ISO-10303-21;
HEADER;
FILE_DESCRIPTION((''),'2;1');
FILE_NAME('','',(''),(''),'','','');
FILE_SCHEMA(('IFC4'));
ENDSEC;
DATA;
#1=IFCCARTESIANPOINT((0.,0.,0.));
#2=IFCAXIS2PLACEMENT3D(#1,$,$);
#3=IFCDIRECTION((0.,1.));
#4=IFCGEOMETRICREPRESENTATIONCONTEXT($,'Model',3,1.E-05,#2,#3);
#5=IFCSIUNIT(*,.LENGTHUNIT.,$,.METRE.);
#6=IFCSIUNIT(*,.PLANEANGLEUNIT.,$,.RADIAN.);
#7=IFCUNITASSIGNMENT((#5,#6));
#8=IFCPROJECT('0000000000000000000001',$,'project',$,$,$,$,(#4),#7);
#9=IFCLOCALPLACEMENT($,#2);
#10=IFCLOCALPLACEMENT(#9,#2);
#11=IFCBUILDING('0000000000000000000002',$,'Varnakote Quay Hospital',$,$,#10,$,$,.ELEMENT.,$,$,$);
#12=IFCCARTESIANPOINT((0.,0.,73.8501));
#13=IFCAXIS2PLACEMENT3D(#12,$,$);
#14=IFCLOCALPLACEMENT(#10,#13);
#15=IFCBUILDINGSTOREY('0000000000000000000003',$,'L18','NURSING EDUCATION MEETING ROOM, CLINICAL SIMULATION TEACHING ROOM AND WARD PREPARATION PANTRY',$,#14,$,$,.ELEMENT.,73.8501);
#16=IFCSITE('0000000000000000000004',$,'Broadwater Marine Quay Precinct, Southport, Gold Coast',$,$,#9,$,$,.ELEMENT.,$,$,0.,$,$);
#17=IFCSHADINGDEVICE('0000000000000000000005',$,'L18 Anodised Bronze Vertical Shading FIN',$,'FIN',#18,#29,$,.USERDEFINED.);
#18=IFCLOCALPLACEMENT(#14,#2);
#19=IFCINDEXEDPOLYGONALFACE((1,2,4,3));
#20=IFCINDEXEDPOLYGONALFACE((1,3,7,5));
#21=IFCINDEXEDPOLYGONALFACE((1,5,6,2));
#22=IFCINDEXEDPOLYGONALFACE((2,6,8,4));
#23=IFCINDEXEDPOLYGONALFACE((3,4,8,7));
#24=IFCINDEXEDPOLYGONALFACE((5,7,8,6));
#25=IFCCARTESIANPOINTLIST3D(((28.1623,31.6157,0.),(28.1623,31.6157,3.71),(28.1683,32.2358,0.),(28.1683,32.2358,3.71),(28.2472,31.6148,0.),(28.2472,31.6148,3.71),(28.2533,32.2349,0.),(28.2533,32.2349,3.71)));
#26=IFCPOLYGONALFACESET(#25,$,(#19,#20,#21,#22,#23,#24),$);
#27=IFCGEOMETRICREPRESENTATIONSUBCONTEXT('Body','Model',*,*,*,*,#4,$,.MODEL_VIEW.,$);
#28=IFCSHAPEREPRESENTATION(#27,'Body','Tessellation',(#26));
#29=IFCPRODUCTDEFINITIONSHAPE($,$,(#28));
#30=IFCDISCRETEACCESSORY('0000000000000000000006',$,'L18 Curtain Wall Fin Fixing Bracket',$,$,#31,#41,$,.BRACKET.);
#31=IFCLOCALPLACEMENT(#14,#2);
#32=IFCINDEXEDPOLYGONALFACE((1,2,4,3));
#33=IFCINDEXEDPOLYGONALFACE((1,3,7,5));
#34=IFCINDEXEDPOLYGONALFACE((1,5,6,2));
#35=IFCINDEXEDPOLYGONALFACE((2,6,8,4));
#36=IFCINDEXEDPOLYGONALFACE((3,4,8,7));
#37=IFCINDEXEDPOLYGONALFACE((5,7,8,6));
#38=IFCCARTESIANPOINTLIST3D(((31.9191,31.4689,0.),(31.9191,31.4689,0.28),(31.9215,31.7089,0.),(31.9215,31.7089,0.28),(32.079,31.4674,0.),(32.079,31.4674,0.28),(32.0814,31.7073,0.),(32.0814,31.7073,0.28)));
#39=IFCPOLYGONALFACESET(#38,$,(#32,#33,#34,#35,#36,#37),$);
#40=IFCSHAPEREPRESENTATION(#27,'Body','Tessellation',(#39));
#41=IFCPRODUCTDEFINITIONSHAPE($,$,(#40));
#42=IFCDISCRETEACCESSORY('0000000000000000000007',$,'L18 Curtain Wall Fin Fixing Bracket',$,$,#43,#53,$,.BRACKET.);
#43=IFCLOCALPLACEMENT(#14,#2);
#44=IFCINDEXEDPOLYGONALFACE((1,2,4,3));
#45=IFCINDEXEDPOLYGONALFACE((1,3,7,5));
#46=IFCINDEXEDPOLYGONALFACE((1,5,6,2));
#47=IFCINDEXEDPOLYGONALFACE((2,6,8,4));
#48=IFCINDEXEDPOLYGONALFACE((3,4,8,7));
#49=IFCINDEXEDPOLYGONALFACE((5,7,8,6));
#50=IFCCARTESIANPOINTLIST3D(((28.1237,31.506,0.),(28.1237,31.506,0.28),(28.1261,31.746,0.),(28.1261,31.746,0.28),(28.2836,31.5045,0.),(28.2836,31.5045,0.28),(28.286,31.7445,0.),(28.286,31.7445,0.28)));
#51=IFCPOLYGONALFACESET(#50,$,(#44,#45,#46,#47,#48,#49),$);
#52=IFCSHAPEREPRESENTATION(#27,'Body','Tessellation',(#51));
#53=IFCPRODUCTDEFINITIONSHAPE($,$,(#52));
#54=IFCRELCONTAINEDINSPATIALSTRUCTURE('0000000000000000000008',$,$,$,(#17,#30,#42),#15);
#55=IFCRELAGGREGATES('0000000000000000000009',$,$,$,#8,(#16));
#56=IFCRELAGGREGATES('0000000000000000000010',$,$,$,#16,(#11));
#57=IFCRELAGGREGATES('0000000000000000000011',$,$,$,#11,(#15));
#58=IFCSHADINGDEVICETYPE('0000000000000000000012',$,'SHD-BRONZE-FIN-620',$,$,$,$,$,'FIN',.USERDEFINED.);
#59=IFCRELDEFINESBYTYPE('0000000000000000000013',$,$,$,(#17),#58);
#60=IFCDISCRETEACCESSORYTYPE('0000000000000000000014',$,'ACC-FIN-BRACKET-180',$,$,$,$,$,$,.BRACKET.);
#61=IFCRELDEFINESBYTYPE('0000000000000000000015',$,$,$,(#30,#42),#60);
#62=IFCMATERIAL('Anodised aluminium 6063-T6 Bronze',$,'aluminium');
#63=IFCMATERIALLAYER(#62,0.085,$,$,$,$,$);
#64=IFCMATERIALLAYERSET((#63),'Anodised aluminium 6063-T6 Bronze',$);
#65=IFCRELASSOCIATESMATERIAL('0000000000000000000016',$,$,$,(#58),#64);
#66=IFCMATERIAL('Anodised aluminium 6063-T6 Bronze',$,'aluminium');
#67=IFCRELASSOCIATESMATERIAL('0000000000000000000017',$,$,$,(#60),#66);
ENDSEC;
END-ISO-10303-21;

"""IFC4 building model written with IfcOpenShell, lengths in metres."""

from ifc_helpers import new_model, si_unit, direction, frame, origin, origin_2d, place, context, subcontext, project, spatial, rectangle, extrude, material, layer, layer_set, type_object, element, save


model = new_model("IFC4")

# Units and contexts
model_context = context("Model", 3, precision=1e-05, world=origin(), true_north=direction((0.0, 1.0)))
body_context = subcontext(model_context, "Body", "Model", "MODEL_VIEW")
ifc_project = project(units=[si_unit("LENGTHUNIT", "METRE"), si_unit("PLANEANGLEUNIT", "RADIAN")], contexts=[model_context])

# Site, building, storey
site_placement = place(None, origin())
site = spatial("IfcSite", under=ifc_project, at=site_placement, Name="Broadwater Marine Quay Precinct, Southport, Gold Coast", CompositionType="ELEMENT", RefElevation=0.0)
building_placement = place(site_placement, origin())
building = spatial("IfcBuilding", under=site, at=building_placement, Name="Varnakote Quay Hospital", CompositionType="ELEMENT")
storey_placement = place(building_placement, frame((0.0, 0.0, 73.8501)))
storey = spatial("IfcBuildingStorey", under=building, at=storey_placement, Name="L18", Description="NURSING EDUCATION MEETING ROOM, CLINICAL SIMULATION TEACHING ROOM AND WARD PREPARATION PANTRY", CompositionType="ELEMENT", Elevation=73.8501)

# Shading device
ifc_material_1 = material(Name="Anodised aluminium 6063-T6 Bronze", Category="aluminium")
ifc_layer_1 = layer(ifc_material_1, 0.085)
ifc_layer_set_1 = layer_set([ifc_layer_1], Name="Anodised aluminium 6063-T6 Bronze")
shading_device_type = type_object("IfcShadingDeviceType", Name="SHD-BRONZE-FIN-620", ElementType="FIN", PredefinedType="USERDEFINED", material=ifc_layer_set_1)
for number, where, z_axis, x_axis, name in (
    (1, (28.2078, 31.9253, 0.0), (0.0, 0.0, 1.0), (-0.009774, -0.999952, 0.0), "L18 Anodised Bronze Vertical Shading FIN"),
):
    element("IfcShadingDevice", number, at=place(storey_placement, frame(where, z_axis=z_axis, x_axis=x_axis)), inside=storey, type_object=shading_device_type, Name=name, ObjectType="FIN", PredefinedType="USERDEFINED", context=body_context, shape_type="SweptSolid", body=[
        extrude(rectangle(XDim=0.6201, YDim=0.085, at=origin_2d()), origin(), (0.0, 0.0, 1.0), 3.71),
    ])

# Discrete accessories
ifc_material_2 = material(Name="Anodised aluminium 6063-T6 Bronze", Category="aluminium")
discrete_accessory_type = type_object("IfcDiscreteAccessoryType", Name="ACC-FIN-BRACKET-180", PredefinedType="BRACKET", material=ifc_material_2)
for number, where, z_axis, x_axis, name in (
    (2, (32.0002, 31.5881, 0.0), (0.0, 0.0, 1.0), (-0.999952, 0.009774, 0.0), "L18 Curtain Wall Fin Fixing Bracket"),
    (3, (28.2048, 31.6252, 0.0), (0.0, 0.0, 1.0), (-0.999952, 0.009774, 0.0), "L18 Curtain Wall Fin Fixing Bracket"),
):
    element("IfcDiscreteAccessory", number, at=place(storey_placement, frame(where, z_axis=z_axis, x_axis=x_axis)), inside=storey, type_object=discrete_accessory_type, Name=name, PredefinedType="BRACKET", context=body_context, shape_type="SweptSolid", body=[
        extrude(rectangle(XDim=0.1599, YDim=0.24, at=origin_2d()), origin(), (0.0, 0.0, 1.0), 0.28),
    ])

save(model, "model.ifc")
